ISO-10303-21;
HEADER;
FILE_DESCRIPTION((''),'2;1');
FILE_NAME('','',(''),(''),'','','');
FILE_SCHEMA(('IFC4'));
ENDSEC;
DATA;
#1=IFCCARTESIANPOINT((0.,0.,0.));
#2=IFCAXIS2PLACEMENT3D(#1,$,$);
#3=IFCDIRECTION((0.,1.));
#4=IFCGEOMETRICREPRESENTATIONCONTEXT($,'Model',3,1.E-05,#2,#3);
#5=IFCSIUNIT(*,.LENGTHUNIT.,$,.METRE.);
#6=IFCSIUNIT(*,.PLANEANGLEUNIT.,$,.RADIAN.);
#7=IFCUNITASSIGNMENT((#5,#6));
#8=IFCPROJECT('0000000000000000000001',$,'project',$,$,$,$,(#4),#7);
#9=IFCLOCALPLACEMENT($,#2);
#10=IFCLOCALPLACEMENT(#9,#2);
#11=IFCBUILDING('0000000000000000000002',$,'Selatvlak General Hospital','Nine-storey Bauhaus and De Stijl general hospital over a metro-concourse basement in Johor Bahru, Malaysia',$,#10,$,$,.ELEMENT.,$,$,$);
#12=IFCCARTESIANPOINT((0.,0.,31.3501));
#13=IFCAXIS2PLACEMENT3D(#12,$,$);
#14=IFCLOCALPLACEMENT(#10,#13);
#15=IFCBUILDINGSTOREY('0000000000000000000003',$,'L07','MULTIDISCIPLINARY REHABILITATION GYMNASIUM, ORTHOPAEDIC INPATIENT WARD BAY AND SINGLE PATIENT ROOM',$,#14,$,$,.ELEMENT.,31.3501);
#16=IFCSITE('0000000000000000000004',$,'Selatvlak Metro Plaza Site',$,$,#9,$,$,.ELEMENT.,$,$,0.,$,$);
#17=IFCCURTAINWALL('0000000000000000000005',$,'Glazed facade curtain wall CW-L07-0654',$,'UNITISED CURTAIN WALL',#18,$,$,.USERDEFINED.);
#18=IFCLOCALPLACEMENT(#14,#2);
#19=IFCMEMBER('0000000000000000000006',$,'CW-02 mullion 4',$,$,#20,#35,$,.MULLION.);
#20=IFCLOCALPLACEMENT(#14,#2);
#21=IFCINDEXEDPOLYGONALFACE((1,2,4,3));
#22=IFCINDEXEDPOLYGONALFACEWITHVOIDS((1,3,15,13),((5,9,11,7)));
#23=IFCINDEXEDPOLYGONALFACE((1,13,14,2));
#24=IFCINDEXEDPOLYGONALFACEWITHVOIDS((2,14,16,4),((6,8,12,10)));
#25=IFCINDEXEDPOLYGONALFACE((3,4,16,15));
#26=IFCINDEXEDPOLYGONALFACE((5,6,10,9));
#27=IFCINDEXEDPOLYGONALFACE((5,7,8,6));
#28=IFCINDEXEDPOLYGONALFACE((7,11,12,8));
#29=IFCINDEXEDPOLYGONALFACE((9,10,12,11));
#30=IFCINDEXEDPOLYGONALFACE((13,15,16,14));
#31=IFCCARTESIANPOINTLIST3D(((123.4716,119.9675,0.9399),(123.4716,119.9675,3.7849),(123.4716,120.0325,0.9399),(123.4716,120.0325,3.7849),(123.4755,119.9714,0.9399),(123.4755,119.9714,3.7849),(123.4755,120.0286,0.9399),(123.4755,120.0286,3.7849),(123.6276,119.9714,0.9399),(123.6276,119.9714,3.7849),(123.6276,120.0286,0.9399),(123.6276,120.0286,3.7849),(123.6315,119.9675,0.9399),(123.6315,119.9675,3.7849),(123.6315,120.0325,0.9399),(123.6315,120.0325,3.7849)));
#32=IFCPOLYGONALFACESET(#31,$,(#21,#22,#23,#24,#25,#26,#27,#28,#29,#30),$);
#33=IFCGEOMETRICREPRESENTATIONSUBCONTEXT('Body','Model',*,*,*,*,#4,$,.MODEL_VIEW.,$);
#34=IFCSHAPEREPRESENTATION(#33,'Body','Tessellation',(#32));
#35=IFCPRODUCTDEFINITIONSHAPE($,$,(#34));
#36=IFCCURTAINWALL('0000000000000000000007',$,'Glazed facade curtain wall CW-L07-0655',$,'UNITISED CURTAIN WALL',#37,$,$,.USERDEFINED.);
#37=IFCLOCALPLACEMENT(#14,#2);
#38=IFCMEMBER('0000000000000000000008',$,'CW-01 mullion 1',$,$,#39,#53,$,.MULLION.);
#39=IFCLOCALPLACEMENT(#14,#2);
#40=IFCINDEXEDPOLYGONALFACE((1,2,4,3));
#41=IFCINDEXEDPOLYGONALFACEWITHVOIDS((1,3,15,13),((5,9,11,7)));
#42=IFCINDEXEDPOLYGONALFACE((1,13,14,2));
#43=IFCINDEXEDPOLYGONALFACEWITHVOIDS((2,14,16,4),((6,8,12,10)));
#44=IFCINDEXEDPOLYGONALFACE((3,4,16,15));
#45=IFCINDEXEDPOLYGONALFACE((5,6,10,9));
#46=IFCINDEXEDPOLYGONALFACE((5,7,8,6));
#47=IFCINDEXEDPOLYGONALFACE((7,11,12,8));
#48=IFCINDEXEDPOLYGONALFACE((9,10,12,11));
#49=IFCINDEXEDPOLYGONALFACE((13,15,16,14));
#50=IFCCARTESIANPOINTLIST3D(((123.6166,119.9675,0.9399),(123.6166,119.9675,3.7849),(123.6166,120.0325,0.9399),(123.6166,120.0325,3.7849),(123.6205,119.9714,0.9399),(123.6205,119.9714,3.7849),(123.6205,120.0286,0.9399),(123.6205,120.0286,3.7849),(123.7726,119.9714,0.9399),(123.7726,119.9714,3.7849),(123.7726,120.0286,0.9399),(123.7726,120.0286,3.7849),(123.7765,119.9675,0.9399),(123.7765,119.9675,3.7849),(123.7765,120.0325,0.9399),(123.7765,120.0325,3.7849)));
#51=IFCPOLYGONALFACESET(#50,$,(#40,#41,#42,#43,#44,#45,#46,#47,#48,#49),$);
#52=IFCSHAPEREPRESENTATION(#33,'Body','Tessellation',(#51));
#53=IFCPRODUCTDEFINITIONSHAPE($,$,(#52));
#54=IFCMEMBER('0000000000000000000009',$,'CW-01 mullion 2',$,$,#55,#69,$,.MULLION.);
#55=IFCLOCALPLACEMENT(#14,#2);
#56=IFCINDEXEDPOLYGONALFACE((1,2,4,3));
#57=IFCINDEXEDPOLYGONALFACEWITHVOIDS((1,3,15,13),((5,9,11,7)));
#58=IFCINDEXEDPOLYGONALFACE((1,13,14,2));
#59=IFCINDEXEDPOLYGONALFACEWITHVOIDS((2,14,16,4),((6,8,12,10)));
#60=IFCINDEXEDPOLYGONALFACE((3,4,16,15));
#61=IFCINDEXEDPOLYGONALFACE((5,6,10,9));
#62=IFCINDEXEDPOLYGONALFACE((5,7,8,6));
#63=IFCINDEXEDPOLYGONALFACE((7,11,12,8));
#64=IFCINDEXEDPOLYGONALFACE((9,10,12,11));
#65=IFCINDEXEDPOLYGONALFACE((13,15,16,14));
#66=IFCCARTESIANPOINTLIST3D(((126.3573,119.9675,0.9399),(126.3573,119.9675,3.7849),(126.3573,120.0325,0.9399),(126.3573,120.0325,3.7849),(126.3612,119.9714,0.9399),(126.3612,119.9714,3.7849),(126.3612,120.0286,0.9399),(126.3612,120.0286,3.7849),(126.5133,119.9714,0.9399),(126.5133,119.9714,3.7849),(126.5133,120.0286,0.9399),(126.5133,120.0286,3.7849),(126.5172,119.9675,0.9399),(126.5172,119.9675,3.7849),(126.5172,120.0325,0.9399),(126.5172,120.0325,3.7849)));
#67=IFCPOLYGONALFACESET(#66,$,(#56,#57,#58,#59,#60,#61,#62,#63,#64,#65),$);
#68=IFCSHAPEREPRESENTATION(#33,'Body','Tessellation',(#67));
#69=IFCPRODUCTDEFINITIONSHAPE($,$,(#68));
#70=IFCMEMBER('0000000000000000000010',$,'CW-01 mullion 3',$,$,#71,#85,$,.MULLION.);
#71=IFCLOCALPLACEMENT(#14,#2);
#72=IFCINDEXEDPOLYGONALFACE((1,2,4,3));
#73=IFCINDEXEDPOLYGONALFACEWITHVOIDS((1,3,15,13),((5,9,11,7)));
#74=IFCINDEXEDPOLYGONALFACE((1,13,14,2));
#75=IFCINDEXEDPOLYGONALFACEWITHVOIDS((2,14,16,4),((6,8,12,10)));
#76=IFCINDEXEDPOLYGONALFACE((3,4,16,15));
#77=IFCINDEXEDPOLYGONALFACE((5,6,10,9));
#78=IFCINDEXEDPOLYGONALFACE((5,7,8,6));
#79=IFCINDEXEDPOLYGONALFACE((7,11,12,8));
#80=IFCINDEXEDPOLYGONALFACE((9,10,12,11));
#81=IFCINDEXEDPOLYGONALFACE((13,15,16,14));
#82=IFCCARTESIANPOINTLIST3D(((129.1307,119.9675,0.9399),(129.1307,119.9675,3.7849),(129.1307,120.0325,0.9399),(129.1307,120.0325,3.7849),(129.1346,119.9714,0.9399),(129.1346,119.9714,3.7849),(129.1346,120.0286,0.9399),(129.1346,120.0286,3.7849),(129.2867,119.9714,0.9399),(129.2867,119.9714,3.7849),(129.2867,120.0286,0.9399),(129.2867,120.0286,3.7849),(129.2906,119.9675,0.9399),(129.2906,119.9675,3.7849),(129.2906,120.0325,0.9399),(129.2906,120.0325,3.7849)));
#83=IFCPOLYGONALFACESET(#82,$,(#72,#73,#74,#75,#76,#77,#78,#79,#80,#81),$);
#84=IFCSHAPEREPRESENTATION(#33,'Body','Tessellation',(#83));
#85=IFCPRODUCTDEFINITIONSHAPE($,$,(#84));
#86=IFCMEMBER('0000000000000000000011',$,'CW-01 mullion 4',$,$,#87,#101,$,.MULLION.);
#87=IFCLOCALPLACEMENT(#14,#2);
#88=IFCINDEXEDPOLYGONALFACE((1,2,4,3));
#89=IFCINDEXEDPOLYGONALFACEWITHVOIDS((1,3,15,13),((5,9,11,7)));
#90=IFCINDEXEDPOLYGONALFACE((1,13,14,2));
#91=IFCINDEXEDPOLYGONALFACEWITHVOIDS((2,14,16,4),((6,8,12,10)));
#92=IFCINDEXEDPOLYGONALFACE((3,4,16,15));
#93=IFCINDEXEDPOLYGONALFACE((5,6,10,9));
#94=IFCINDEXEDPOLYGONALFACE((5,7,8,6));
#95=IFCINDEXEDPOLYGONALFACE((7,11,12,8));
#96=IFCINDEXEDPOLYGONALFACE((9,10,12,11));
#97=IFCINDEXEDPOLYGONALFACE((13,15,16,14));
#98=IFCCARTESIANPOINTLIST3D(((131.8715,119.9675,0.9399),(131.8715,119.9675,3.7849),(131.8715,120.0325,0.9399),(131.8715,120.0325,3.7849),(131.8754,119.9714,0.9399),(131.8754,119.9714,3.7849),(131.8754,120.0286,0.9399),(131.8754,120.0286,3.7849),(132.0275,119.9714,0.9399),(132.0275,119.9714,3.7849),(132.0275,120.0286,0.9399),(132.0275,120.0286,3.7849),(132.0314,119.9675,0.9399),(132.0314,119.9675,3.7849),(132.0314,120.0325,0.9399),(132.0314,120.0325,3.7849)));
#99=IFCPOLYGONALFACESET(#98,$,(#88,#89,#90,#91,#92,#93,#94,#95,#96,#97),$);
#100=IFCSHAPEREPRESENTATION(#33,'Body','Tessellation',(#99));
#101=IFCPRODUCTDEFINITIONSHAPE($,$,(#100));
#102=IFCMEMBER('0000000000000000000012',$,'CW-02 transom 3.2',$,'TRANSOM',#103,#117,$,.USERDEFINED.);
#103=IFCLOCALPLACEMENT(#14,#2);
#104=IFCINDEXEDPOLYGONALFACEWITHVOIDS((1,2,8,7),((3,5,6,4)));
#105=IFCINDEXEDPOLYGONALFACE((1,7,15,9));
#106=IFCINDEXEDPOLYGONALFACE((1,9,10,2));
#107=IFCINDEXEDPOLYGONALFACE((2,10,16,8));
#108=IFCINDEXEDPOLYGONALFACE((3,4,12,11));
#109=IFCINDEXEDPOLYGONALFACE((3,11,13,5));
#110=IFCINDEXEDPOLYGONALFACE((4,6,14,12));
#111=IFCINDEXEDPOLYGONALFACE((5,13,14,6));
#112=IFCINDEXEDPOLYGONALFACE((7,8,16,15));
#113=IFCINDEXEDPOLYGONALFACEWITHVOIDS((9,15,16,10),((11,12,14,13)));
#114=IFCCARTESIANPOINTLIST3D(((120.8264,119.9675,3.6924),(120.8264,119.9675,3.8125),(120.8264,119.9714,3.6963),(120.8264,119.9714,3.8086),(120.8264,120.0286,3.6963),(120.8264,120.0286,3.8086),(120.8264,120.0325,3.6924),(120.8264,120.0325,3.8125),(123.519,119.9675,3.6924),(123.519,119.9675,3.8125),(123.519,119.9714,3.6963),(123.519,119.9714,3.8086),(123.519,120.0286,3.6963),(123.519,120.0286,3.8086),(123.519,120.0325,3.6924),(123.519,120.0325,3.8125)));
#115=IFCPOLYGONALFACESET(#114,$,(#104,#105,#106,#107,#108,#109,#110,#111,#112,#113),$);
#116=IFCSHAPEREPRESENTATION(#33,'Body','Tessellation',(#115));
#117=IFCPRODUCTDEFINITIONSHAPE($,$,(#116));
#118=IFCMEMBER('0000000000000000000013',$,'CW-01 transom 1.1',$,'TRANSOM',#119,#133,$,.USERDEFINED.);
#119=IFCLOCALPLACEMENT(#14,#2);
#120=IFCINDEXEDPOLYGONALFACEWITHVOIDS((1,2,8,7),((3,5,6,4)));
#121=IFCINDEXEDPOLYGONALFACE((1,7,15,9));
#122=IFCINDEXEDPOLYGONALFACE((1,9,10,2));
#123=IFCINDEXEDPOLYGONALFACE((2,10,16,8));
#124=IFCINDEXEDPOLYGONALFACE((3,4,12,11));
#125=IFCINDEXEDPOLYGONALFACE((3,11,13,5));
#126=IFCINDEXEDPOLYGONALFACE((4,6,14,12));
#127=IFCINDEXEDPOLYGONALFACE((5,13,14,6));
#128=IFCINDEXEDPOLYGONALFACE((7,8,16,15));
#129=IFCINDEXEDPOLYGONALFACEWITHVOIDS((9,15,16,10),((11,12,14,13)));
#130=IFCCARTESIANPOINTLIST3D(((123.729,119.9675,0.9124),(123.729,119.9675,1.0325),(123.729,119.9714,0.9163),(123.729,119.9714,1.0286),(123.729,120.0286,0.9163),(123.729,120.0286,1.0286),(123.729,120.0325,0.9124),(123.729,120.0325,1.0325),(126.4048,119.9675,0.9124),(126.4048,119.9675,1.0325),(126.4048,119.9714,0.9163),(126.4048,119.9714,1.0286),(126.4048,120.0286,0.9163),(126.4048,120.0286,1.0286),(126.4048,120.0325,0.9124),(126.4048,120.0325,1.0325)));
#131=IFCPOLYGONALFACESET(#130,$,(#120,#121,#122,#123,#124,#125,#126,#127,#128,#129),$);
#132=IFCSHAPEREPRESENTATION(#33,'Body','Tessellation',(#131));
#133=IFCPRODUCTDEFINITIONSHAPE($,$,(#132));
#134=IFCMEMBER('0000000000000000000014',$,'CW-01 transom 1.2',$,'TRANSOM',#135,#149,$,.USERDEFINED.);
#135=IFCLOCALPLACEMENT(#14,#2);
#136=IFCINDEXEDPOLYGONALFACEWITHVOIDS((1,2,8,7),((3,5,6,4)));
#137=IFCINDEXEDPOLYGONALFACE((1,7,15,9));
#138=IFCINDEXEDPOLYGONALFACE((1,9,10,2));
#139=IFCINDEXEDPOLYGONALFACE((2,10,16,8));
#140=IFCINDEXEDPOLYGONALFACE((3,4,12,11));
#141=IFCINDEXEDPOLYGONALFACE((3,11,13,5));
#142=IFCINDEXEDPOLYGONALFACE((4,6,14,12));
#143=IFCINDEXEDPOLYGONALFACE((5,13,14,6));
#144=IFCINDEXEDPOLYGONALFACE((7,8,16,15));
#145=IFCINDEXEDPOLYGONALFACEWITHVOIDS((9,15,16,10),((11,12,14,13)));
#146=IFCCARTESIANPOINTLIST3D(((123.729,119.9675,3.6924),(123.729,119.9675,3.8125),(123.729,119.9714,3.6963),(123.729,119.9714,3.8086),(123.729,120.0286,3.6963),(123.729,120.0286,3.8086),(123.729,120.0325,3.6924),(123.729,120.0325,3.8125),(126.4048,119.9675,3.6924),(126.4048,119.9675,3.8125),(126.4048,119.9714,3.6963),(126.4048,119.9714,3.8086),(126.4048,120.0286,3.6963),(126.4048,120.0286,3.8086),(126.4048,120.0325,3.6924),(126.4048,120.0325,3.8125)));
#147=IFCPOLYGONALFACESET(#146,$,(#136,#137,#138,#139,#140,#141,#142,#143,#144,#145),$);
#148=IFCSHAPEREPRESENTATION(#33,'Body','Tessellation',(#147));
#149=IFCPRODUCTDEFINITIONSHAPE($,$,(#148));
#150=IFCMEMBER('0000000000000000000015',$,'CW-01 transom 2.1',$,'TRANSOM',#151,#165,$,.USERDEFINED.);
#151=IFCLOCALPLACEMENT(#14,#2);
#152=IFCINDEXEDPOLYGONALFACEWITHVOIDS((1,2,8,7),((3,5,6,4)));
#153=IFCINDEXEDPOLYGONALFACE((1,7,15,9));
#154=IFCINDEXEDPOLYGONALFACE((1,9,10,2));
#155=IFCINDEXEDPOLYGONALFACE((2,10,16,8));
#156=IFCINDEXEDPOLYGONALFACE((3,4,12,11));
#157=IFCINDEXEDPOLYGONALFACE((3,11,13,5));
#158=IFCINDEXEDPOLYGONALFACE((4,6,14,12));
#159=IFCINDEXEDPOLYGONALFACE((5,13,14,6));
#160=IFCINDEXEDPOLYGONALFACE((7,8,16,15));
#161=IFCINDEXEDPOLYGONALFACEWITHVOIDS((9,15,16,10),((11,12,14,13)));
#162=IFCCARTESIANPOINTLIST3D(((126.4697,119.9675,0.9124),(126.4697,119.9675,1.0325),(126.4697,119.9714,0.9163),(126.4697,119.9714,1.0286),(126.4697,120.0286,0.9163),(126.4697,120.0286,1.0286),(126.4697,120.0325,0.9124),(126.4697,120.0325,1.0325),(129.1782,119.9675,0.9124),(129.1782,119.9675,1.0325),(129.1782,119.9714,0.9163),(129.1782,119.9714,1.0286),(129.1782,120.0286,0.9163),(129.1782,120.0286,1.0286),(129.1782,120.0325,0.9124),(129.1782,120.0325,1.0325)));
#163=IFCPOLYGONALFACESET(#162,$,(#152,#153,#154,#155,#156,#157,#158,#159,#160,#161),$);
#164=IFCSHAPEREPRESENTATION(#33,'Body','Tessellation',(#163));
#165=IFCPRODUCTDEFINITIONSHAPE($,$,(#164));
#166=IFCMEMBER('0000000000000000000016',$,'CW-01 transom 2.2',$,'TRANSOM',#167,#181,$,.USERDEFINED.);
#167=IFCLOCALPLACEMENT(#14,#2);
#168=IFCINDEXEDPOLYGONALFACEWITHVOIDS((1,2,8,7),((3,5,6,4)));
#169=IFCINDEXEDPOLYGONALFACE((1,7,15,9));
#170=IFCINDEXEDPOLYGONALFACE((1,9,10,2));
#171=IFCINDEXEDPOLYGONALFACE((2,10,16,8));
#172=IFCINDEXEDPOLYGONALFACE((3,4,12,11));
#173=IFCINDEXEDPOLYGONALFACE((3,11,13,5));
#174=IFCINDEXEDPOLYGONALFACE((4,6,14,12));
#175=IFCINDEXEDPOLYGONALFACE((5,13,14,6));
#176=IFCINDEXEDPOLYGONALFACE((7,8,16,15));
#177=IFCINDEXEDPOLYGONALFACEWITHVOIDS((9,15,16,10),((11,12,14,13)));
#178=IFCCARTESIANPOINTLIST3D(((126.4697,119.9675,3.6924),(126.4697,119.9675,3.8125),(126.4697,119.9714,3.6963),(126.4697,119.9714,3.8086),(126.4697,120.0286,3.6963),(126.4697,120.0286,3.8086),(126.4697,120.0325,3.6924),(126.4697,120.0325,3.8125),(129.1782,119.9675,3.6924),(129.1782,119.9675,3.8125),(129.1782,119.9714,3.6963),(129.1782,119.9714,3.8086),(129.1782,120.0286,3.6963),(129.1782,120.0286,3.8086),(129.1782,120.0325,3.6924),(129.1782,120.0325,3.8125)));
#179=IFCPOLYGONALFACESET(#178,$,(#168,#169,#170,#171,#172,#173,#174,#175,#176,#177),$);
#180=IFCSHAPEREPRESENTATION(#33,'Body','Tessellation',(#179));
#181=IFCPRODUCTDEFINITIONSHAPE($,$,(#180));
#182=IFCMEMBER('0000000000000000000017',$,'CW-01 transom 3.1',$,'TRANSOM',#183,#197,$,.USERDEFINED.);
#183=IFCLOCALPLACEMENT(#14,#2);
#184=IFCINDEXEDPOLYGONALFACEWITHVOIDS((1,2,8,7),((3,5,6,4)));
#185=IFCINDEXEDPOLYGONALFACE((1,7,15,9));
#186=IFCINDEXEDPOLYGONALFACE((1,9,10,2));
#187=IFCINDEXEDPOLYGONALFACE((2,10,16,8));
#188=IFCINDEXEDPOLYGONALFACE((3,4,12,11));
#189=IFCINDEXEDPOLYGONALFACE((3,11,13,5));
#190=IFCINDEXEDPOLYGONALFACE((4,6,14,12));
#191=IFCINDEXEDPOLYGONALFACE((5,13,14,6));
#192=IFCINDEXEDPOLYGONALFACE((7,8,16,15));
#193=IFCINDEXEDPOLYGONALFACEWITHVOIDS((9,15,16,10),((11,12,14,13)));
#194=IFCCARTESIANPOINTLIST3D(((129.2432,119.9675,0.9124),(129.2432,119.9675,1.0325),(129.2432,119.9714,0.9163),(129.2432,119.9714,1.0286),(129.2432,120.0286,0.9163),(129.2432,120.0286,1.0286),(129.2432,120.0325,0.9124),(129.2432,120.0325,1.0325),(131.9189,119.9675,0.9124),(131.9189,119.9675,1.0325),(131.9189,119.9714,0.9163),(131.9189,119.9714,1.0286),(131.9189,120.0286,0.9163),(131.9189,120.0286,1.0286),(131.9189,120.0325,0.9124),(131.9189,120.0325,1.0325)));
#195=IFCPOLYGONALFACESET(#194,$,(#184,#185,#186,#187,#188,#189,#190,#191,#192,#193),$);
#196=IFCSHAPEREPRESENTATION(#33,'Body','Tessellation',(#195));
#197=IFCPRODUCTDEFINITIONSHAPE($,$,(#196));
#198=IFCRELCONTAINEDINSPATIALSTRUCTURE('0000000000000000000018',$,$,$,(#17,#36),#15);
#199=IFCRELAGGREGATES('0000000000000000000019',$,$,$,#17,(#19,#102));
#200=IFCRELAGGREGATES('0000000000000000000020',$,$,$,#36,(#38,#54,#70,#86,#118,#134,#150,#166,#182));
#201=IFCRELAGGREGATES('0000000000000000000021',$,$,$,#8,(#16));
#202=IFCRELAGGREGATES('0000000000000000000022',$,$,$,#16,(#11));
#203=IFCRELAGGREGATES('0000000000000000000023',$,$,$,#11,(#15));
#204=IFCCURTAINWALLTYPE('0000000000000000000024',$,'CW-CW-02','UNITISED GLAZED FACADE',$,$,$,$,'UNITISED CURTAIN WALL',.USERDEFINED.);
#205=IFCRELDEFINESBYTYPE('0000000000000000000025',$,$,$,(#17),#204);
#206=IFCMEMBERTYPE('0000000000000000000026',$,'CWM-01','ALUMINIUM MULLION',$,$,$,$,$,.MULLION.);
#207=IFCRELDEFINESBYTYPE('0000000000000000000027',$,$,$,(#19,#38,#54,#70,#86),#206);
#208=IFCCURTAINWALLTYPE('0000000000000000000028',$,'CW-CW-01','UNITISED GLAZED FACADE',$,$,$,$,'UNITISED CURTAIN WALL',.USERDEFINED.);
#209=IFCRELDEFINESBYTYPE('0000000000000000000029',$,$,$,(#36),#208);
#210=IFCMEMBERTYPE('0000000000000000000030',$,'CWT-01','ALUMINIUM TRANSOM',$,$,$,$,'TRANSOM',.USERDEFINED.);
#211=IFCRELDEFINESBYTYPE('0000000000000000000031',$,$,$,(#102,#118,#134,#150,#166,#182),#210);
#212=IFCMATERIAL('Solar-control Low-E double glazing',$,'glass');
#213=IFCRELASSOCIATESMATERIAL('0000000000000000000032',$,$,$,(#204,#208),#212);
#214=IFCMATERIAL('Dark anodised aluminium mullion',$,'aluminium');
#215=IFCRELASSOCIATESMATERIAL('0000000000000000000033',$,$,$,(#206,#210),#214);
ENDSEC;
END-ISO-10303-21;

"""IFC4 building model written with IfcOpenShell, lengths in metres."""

from ifc_helpers import new_model, si_unit, direction, frame, origin, origin_2d, place, context, subcontext, project, spatial, hollow_rectangle, extrude, material, material_profile, profile_set, type_object, element, aggregate, save


model = new_model("IFC4")

# Units and contexts
model_context = context("Model", 3, precision=1e-05, world=origin(), true_north=direction((0.0, 1.0)))
body_context = subcontext(model_context, "Body", "Model", "MODEL_VIEW")
ifc_project = project(units=[si_unit("LENGTHUNIT", "METRE"), si_unit("PLANEANGLEUNIT", "RADIAN")], contexts=[model_context])

# Site, building, storey
site_placement = place(None, origin())
site = spatial("IfcSite", under=ifc_project, at=site_placement, Name="Selatvlak Metro Plaza Site", CompositionType="ELEMENT", RefElevation=0.0)
building_placement = place(site_placement, origin())
building = spatial("IfcBuilding", under=site, at=building_placement, Name="Selatvlak General Hospital", Description="Nine-storey Bauhaus and De Stijl general hospital over a metro-concourse basement in Johor Bahru, Malaysia", CompositionType="ELEMENT")
storey_placement = place(building_placement, frame((0.0, 0.0, 31.3501)))
storey = spatial("IfcBuildingStorey", under=building, at=storey_placement, Name="L07", Description="MULTIDISCIPLINARY REHABILITATION GYMNASIUM, ORTHOPAEDIC INPATIENT WARD BAY AND SINGLE PATIENT ROOM", CompositionType="ELEMENT", Elevation=31.3501)

# Curtain wall, member
ifc_material_1 = material(Name="Solar-control Low-E double glazing", Category="glass")
curtain_wall_type_1 = type_object("IfcCurtainWallType", Name="CW-CW-02", Description="UNITISED GLAZED FACADE", ElementType="UNITISED CURTAIN WALL", PredefinedType="USERDEFINED", material=ifc_material_1)
curtain_wall_1_placement = place(storey_placement, origin())
curtain_wall_1 = element("IfcCurtainWall", 1, at=curtain_wall_1_placement, inside=storey, type_object=curtain_wall_type_1, Name="Glazed facade curtain wall CW-L07-0654", ObjectType="UNITISED CURTAIN WALL", PredefinedType="USERDEFINED")
ifc_material_2 = material(Name="Dark anodised aluminium mullion", Category="aluminium")
ifc_material_profile_1 = material_profile(ifc_material_2, hollow_rectangle(XDim=0.0649, YDim=0.1599, WallThickness=0.0039, at=origin_2d()), Name="AL-MUL 65x160x4")
ifc_profile_set_1 = profile_set([ifc_material_profile_1], Name="Dark anodised aluminium mullion")
member_type_1 = type_object("IfcMemberType", Name="CWM-01", Description="ALUMINIUM MULLION", PredefinedType="MULLION", material=ifc_profile_set_1)
member_1_placement = place(storey_placement, frame((123.5515, 120.0, 0.9399), z_axis=(0.0, 0.0, 1.0), x_axis=(0.0, 1.0, 0.0)))
member_1 = element("IfcMember", 2, at=member_1_placement, type_object=member_type_1, Name="CW-02 mullion 4", PredefinedType="MULLION", context=body_context, shape_type="SweptSolid", body=[
    extrude(hollow_rectangle(XDim=0.0649, YDim=0.1599, WallThickness=0.0039, at=origin_2d()), origin(), (0.0, 0.0, 1.0), 2.845),
])

# Curtain wall, members
curtain_wall_type_2 = type_object("IfcCurtainWallType", Name="CW-CW-01", Description="UNITISED GLAZED FACADE", ElementType="UNITISED CURTAIN WALL", PredefinedType="USERDEFINED", material=ifc_material_1)
curtain_wall_2_placement = place(storey_placement, origin())
curtain_wall_2 = element("IfcCurtainWall", 3, at=curtain_wall_2_placement, inside=storey, type_object=curtain_wall_type_2, Name="Glazed facade curtain wall CW-L07-0655", ObjectType="UNITISED CURTAIN WALL", PredefinedType="USERDEFINED")
member_2_placement = place(storey_placement, frame((123.6965, 120.0, 0.9399), z_axis=(0.0, 0.0, 1.0), x_axis=(0.0, 1.0, 0.0)))
member_2 = element("IfcMember", 4, at=member_2_placement, type_object=member_type_1, Name="CW-01 mullion 1", PredefinedType="MULLION", context=body_context, shape_type="SweptSolid", body=[
    extrude(hollow_rectangle(XDim=0.0649, YDim=0.1599, WallThickness=0.0039, at=origin_2d()), origin(), (0.0, 0.0, 1.0), 2.845),
])
member_3_placement = place(storey_placement, frame((126.4373, 120.0, 0.9399), z_axis=(0.0, 0.0, 1.0), x_axis=(0.0, 1.0, 0.0)))
member_3 = element("IfcMember", 5, at=member_3_placement, type_object=member_type_1, Name="CW-01 mullion 2", PredefinedType="MULLION", context=body_context, shape_type="SweptSolid", body=[
    extrude(hollow_rectangle(XDim=0.0649, YDim=0.1599, WallThickness=0.0039, at=origin_2d()), origin(), (0.0, 0.0, 1.0), 2.845),
])
member_4_placement = place(storey_placement, frame((129.2107, 120.0, 0.9399), z_axis=(0.0, 0.0, 1.0), x_axis=(0.0, 1.0, 0.0)))
member_4 = element("IfcMember", 6, at=member_4_placement, type_object=member_type_1, Name="CW-01 mullion 3", PredefinedType="MULLION", context=body_context, shape_type="SweptSolid", body=[
    extrude(hollow_rectangle(XDim=0.0649, YDim=0.1599, WallThickness=0.0039, at=origin_2d()), origin(), (0.0, 0.0, 1.0), 2.845),
])
member_5_placement = place(storey_placement, frame((131.9514, 120.0, 0.9399), z_axis=(0.0, 0.0, 1.0), x_axis=(0.0, 1.0, 0.0)))
member_5 = element("IfcMember", 7, at=member_5_placement, type_object=member_type_1, Name="CW-01 mullion 4", PredefinedType="MULLION", context=body_context, shape_type="SweptSolid", body=[
    extrude(hollow_rectangle(XDim=0.0649, YDim=0.1599, WallThickness=0.0039, at=origin_2d()), origin(), (0.0, 0.0, 1.0), 2.845),
])

# Members
ifc_material_profile_2 = material_profile(ifc_material_2, hollow_rectangle(XDim=0.0649, YDim=0.1201, WallThickness=0.0039, at=origin_2d()), Name="AL-TRN 65x120x4")
ifc_profile_set_2 = profile_set([ifc_material_profile_2], Name="Dark anodised aluminium mullion")
member_type_2 = type_object("IfcMemberType", Name="CWT-01", Description="ALUMINIUM TRANSOM", ElementType="TRANSOM", PredefinedType="USERDEFINED", material=ifc_profile_set_2)
member_6_placement = place(storey_placement, frame((120.8264, 120.0, 3.7524), z_axis=(1.0, 0.0, 0.0), x_axis=(0.0, 1.0, 0.0)))
member_6 = element("IfcMember", 8, at=member_6_placement, type_object=member_type_2, Name="CW-02 transom 3.2", ObjectType="TRANSOM", PredefinedType="USERDEFINED", context=body_context, shape_type="SweptSolid", body=[
    extrude(hollow_rectangle(XDim=0.0649, YDim=0.1201, WallThickness=0.0039, at=origin_2d()), origin(), (0.0, 0.0, 1.0), 2.6926),
])
member_7_placement = place(storey_placement, frame((123.729, 120.0, 0.9724), z_axis=(1.0, 0.0, 0.0), x_axis=(0.0, 1.0, 0.0)))
member_7 = element("IfcMember", 9, at=member_7_placement, type_object=member_type_2, Name="CW-01 transom 1.1", ObjectType="TRANSOM", PredefinedType="USERDEFINED", context=body_context, shape_type="SweptSolid", body=[
    extrude(hollow_rectangle(XDim=0.0649, YDim=0.1201, WallThickness=0.0039, at=origin_2d()), origin(), (0.0, 0.0, 1.0), 2.6758),
])
member_8_placement = place(storey_placement, frame((123.729, 120.0, 3.7524), z_axis=(1.0, 0.0, 0.0), x_axis=(0.0, 1.0, 0.0)))
member_8 = element("IfcMember", 10, at=member_8_placement, type_object=member_type_2, Name="CW-01 transom 1.2", ObjectType="TRANSOM", PredefinedType="USERDEFINED", context=body_context, shape_type="SweptSolid", body=[
    extrude(hollow_rectangle(XDim=0.0649, YDim=0.1201, WallThickness=0.0039, at=origin_2d()), origin(), (0.0, 0.0, 1.0), 2.6758),
])
member_9_placement = place(storey_placement, frame((126.4697, 120.0, 0.9724), z_axis=(1.0, 0.0, 0.0), x_axis=(0.0, 1.0, 0.0)))
member_9 = element("IfcMember", 11, at=member_9_placement, type_object=member_type_2, Name="CW-01 transom 2.1", ObjectType="TRANSOM", PredefinedType="USERDEFINED", context=body_context, shape_type="SweptSolid", body=[
    extrude(hollow_rectangle(XDim=0.0649, YDim=0.1201, WallThickness=0.0039, at=origin_2d()), origin(), (0.0, 0.0, 1.0), 2.7085),
])
member_10_placement = place(storey_placement, frame((126.4697, 120.0, 3.7524), z_axis=(1.0, 0.0, 0.0), x_axis=(0.0, 1.0, 0.0)))
member_10 = element("IfcMember", 12, at=member_10_placement, type_object=member_type_2, Name="CW-01 transom 2.2", ObjectType="TRANSOM", PredefinedType="USERDEFINED", context=body_context, shape_type="SweptSolid", body=[
    extrude(hollow_rectangle(XDim=0.0649, YDim=0.1201, WallThickness=0.0039, at=origin_2d()), origin(), (0.0, 0.0, 1.0), 2.7085),
])
member_11_placement = place(storey_placement, frame((129.2432, 120.0, 0.9724), z_axis=(1.0, 0.0, 0.0), x_axis=(0.0, 1.0, 0.0)))
member_11 = element("IfcMember", 13, at=member_11_placement, type_object=member_type_2, Name="CW-01 transom 3.1", ObjectType="TRANSOM", PredefinedType="USERDEFINED", context=body_context, shape_type="SweptSolid", body=[
    extrude(hollow_rectangle(XDim=0.0649, YDim=0.1201, WallThickness=0.0039, at=origin_2d()), origin(), (0.0, 0.0, 1.0), 2.6758),
])

aggregate(curtain_wall_1, [member_1, member_6])
aggregate(curtain_wall_2, [member_2, member_3, member_4, member_5, member_7, member_8, member_9, member_10, member_11])

save(model, "model.ifc")
